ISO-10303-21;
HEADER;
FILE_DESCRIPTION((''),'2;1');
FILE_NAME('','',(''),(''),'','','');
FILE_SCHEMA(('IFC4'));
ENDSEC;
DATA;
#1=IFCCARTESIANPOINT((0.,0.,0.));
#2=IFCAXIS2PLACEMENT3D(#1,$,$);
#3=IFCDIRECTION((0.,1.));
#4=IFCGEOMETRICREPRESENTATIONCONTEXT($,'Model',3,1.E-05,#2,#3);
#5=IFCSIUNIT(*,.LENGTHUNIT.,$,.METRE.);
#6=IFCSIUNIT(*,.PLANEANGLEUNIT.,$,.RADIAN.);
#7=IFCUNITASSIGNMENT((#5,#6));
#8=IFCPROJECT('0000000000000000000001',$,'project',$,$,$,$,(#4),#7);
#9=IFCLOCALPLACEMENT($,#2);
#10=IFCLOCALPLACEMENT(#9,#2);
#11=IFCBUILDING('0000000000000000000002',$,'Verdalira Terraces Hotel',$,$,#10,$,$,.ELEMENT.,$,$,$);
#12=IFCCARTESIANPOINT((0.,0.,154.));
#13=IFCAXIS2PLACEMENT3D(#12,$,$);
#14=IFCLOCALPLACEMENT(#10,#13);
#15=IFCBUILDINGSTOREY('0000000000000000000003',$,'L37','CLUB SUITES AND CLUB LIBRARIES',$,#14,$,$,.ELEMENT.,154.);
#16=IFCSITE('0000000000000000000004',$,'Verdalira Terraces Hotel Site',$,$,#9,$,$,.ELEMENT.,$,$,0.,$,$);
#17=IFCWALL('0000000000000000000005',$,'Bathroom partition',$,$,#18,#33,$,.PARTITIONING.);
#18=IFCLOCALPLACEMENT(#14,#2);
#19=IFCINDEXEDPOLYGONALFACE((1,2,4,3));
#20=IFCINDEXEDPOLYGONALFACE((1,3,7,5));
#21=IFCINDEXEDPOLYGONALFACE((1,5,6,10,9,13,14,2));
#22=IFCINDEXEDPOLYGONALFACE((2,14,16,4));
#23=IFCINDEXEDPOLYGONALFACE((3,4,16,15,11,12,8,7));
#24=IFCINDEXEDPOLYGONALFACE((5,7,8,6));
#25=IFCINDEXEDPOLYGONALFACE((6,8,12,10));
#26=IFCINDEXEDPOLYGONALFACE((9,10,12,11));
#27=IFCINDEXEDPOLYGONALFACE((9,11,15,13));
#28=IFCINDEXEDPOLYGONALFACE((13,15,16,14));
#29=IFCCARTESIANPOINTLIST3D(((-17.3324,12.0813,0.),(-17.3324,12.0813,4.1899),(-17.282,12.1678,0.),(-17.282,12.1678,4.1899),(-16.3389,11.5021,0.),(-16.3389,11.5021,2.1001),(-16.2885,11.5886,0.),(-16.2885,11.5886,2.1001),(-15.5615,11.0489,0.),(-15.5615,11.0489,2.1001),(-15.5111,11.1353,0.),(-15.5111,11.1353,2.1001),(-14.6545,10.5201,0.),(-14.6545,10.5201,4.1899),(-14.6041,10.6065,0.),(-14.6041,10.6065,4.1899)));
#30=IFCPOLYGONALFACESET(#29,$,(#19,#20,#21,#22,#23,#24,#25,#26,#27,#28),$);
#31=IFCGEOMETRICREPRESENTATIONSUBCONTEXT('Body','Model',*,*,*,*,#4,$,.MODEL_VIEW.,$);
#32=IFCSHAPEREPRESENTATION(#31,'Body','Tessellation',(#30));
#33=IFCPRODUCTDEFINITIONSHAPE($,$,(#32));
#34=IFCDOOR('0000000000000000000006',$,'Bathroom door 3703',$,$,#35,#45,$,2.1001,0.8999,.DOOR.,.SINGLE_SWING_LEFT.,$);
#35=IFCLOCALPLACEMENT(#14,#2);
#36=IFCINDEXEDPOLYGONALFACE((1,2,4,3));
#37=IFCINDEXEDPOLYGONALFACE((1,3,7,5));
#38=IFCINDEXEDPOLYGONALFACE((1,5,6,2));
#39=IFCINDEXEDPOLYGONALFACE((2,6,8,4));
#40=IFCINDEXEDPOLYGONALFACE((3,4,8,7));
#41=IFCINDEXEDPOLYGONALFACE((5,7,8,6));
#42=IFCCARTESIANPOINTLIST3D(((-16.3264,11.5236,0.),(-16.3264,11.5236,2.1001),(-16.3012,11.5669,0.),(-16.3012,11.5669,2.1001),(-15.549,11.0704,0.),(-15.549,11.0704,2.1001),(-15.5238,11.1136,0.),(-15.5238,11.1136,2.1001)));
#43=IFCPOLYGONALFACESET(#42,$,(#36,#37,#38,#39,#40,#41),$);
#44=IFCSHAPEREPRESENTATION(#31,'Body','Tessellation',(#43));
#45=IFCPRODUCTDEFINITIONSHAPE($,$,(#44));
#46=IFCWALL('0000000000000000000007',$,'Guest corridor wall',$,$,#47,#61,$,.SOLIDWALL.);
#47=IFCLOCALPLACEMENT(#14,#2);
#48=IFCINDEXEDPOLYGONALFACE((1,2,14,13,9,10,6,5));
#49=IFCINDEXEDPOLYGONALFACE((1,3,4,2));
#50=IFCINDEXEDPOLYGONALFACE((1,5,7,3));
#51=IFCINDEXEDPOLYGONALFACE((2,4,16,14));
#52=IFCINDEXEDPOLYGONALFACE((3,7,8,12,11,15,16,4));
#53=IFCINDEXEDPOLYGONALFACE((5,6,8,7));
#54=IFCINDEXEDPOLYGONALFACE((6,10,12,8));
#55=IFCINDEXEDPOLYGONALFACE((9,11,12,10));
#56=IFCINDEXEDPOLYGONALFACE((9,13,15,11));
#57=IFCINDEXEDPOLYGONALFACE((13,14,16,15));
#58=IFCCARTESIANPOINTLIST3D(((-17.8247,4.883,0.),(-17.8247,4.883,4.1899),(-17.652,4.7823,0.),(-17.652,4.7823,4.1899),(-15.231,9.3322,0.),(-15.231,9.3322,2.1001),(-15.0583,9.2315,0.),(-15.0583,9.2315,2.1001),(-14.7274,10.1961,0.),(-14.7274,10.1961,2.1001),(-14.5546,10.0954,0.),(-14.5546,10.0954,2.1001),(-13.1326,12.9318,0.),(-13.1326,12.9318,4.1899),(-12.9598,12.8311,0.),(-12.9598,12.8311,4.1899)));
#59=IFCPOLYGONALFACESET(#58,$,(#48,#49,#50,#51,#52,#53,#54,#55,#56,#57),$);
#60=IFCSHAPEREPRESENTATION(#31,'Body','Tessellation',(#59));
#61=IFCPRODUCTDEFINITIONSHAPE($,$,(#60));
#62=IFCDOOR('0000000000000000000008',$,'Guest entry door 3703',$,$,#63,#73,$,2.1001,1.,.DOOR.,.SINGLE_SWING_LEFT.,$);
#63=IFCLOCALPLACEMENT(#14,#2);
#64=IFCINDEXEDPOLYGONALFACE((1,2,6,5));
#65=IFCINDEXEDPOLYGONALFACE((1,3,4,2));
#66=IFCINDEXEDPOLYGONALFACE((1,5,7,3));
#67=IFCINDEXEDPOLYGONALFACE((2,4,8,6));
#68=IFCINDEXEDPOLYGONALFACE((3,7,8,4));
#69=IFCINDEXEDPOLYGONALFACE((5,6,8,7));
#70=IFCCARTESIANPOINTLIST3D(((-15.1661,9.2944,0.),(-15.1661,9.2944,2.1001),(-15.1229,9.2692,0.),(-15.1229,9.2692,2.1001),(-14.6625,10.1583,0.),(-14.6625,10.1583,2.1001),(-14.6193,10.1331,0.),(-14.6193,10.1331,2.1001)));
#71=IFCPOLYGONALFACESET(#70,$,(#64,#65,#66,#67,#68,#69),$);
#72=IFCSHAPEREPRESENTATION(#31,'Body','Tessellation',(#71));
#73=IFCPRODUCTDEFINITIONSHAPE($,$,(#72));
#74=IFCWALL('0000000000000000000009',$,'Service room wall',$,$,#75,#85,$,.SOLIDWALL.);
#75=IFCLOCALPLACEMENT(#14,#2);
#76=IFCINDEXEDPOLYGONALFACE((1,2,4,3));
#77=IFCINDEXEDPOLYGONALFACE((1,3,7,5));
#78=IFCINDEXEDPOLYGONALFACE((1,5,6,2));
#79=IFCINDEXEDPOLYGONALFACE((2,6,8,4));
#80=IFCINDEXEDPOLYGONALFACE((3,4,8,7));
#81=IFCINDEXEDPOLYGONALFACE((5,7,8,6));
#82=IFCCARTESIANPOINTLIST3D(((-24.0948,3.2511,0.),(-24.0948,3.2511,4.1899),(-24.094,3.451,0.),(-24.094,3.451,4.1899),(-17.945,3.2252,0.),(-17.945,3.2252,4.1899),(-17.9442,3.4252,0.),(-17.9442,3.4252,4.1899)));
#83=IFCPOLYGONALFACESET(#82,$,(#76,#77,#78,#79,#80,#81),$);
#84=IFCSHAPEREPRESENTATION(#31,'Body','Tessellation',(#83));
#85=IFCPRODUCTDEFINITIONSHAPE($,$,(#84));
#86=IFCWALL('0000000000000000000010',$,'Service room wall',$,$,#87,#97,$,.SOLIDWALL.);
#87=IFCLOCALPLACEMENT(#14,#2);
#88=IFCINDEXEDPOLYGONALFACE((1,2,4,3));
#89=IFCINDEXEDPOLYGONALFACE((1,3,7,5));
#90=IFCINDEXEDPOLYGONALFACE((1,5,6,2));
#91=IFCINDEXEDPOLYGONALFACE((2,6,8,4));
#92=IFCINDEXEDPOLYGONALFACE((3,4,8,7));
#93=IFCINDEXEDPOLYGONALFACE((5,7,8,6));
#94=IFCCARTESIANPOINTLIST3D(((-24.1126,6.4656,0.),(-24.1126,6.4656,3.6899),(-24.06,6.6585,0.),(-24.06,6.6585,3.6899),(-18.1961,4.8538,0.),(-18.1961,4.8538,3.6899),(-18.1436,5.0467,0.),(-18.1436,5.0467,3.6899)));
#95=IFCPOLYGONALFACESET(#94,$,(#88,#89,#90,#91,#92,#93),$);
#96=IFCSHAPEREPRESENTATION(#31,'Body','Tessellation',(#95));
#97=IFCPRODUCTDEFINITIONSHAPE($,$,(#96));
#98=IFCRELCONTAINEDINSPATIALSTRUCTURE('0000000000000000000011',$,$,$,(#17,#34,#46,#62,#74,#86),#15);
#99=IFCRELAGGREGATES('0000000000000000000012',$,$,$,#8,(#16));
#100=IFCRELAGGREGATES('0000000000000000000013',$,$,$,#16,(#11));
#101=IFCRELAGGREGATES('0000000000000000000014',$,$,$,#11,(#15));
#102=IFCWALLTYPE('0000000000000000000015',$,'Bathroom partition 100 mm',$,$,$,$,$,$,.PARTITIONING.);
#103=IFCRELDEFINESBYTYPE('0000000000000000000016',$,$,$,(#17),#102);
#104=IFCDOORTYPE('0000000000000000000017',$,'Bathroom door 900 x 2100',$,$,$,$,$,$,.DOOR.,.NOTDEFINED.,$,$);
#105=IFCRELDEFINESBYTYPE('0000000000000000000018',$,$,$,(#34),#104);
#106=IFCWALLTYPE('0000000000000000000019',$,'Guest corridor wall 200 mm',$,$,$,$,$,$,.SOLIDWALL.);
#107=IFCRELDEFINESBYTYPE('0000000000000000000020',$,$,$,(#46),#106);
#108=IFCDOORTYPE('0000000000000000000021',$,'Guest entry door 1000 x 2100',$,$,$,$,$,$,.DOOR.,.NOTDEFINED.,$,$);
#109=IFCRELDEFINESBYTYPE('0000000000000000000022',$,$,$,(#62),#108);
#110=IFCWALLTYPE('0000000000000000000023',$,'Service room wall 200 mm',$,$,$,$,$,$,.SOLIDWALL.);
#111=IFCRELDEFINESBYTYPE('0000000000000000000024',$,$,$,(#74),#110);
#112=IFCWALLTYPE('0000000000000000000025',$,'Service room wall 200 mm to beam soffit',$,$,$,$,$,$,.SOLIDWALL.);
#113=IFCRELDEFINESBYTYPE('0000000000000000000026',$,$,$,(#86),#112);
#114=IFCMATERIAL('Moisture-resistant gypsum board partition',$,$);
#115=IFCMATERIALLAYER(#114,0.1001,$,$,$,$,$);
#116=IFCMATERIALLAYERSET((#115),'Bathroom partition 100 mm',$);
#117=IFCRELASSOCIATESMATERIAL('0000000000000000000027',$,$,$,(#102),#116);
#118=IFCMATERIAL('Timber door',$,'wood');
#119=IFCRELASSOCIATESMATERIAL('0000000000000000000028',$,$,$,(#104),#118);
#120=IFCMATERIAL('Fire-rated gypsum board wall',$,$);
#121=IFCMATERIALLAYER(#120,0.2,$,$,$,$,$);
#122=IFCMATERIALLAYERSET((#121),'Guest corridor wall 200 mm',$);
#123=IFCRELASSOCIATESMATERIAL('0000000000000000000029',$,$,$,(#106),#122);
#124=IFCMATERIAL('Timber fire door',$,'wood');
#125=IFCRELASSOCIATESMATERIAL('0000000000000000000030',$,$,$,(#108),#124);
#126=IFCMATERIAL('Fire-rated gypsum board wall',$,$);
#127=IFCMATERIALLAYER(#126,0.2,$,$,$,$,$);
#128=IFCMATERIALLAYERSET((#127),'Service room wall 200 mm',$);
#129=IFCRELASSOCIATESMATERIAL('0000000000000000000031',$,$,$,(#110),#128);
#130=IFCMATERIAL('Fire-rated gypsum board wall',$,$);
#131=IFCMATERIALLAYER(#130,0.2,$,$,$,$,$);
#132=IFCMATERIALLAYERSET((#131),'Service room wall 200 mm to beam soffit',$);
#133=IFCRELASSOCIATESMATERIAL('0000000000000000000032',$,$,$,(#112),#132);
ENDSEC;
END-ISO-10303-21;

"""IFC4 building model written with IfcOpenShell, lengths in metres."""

from ifc_helpers import new_model, si_unit, direction, frame, frame_2d, origin, place, context, subcontext, project, spatial, rectangle, extrude, material, layer, layer_set, type_object, element, fill, save


model = new_model("IFC4")

# Units and contexts
model_context = context("Model", 3, precision=1e-05, world=origin(), true_north=direction((0.0, 1.0)))
body_context = subcontext(model_context, "Body", "Model", "MODEL_VIEW")
ifc_project = project(units=[si_unit("LENGTHUNIT", "METRE"), si_unit("PLANEANGLEUNIT", "RADIAN")], contexts=[model_context])

# Site, building, storey
site_placement = place(None, origin())
site = spatial("IfcSite", under=ifc_project, at=site_placement, Name="Verdalira Terraces Hotel Site", CompositionType="ELEMENT", RefElevation=0.0)
building_placement = place(site_placement, origin())
building = spatial("IfcBuilding", under=site, at=building_placement, Name="Verdalira Terraces Hotel", CompositionType="ELEMENT")
storey_placement = place(building_placement, frame((0.0, 0.0, 154.0)))
storey = spatial("IfcBuildingStorey", under=building, at=storey_placement, Name="L37", Description="CLUB SUITES AND CLUB LIBRARIES", CompositionType="ELEMENT", Elevation=154.0)

# Shared definitions
ifc_material_1 = material(Name="Moisture-resistant gypsum board partition")
ifc_layer_1 = layer(ifc_material_1, 0.1001)
ifc_layer_set_1 = layer_set([ifc_layer_1], Name="Bathroom partition 100 mm")
wall_type_1 = type_object("IfcWallType", Name="Bathroom partition 100 mm", PredefinedType="PARTITIONING", material=ifc_layer_set_1)

# Walls, openings, doors
wall_1_placement = place(storey_placement, frame((-17.3071, 12.1245, 0.0), z_axis=(0.0, 0.0, 1.0), x_axis=(0.863902, -0.50366, 0.0)))
wall_1 = element("IfcWall", 1, at=wall_1_placement, inside=storey, type_object=wall_type_1, Name="Bathroom partition", PredefinedType="PARTITIONING", context=body_context, shape_type="SweptSolid", body=[
    extrude(rectangle(XDim=3.0999, YDim=0.1001, at=frame_2d((1.5498, 0.0))), origin(), (0.0, 0.0, 1.0), 4.1899),
])
opening_1_placement = place(wall_1_placement, frame((1.1499, 0.0, 0.0)))
opening_1 = element("IfcOpeningElement", 2, at=opening_1_placement, cuts=wall_1, PredefinedType="OPENING", context=body_context, shape_type="SweptSolid", body=[
    extrude(rectangle(XDim=0.8999, YDim=2.1001, at=frame_2d((0.45, 1.05))), frame((0.0, 0.0601, 0.0), z_axis=(0.0, -1.0, 0.0), x_axis=(1.0, 0.0, 0.0)), (0.0, 0.0, 1.0), 0.1201),
])
ifc_material_2 = material(Name="Timber door", Category="wood")
door_type_1 = type_object("IfcDoorType", Name="Bathroom door 900 x 2100", OperationType="NOTDEFINED", PredefinedType="DOOR", material=ifc_material_2)
door_1_placement = place(opening_1_placement, origin())
door_1 = element("IfcDoor", 3, at=door_1_placement, inside=storey, type_object=door_type_1, Name="Bathroom door 3703", OperationType="SINGLE_SWING_LEFT", OverallHeight=2.1001, OverallWidth=0.8999, PredefinedType="DOOR", context=body_context, shape_type="SweptSolid", body=[
    extrude(rectangle(XDim=0.8999, YDim=2.1001, at=frame_2d((0.45, 1.05))), frame((0.0, 0.0249, 0.0), z_axis=(0.0, -1.0, 0.0), x_axis=(1.0, 0.0, 0.0)), (0.0, 0.0, 1.0), 0.05),
])
fill(opening_1, door_1)
ifc_material_3 = material(Name="Fire-rated gypsum board wall")
ifc_layer_2 = layer(ifc_material_3, 0.2)
ifc_layer_set_2 = layer_set([ifc_layer_2], Name="Guest corridor wall 200 mm")
wall_type_2 = type_object("IfcWallType", Name="Guest corridor wall 200 mm", PredefinedType="SOLIDWALL", material=ifc_layer_set_2)
wall_2_placement = place(storey_placement, frame((-17.7383, 4.8328, 0.0), z_axis=(0.0, 0.0, 1.0), x_axis=(0.50363, 0.86392, 0.0)))
wall_2 = element("IfcWall", 4, at=wall_2_placement, inside=storey, type_object=wall_type_2, Name="Guest corridor wall", PredefinedType="SOLIDWALL", context=body_context, shape_type="SweptSolid", body=[
    extrude(rectangle(XDim=9.3166, YDim=0.2, at=frame_2d((4.6582, 0.0))), origin(), (0.0, 0.0, 1.0), 4.1899),
])
opening_2_placement = place(wall_2_placement, frame((5.1499, 0.0, 0.0)))
opening_2 = element("IfcOpeningElement", 5, at=opening_2_placement, cuts=wall_2, PredefinedType="OPENING", context=body_context, shape_type="SweptSolid", body=[
    extrude(rectangle(XDim=1.0, YDim=2.1001, at=frame_2d((0.5, 1.05))), frame((0.0, 0.1099, 0.0), z_axis=(0.0, -1.0, 0.0), x_axis=(1.0, 0.0, 0.0)), (0.0, 0.0, 1.0), 0.22),
])
ifc_material_4 = material(Name="Timber fire door", Category="wood")
door_type_2 = type_object("IfcDoorType", Name="Guest entry door 1000 x 2100", OperationType="NOTDEFINED", PredefinedType="DOOR", material=ifc_material_4)
door_2_placement = place(opening_2_placement, origin())
door_2 = element("IfcDoor", 6, at=door_2_placement, inside=storey, type_object=door_type_2, Name="Guest entry door 3703", OperationType="SINGLE_SWING_LEFT", OverallHeight=2.1001, OverallWidth=1.0, PredefinedType="DOOR", context=body_context, shape_type="SweptSolid", body=[
    extrude(rectangle(XDim=1.0, YDim=2.1001, at=frame_2d((0.5, 1.05))), frame((0.0, 0.0249, 0.0), z_axis=(0.0, -1.0, 0.0), x_axis=(1.0, 0.0, 0.0)), (0.0, 0.0, 1.0), 0.05),
])
fill(opening_2, door_2)

# Walls
ifc_material_5 = material(Name="Fire-rated gypsum board wall")
ifc_layer_3 = layer(ifc_material_5, 0.2)
ifc_layer_set_3 = layer_set([ifc_layer_3], Name="Service room wall 200 mm")
wall_type_3 = type_object("IfcWallType", Name="Service room wall 200 mm", PredefinedType="SOLIDWALL", material=ifc_layer_set_3)
wall_3_placement = place(storey_placement, frame((-17.9446, 3.3252, 0.0), z_axis=(0.0, 0.0, 1.0), x_axis=(-0.999991, 0.004208, 0.0)))
element("IfcWall", 7, at=wall_3_placement, inside=storey, type_object=wall_type_3, Name="Service room wall", PredefinedType="SOLIDWALL", context=body_context, shape_type="SweptSolid", body=[
    extrude(rectangle(XDim=6.1499, YDim=0.2, at=frame_2d((3.075, 0.0))), origin(), (0.0, 0.0, 1.0), 4.1899),
])
ifc_material_6 = material(Name="Fire-rated gypsum board wall")
ifc_layer_4 = layer(ifc_material_6, 0.2)
ifc_layer_set_4 = layer_set([ifc_layer_4], Name="Service room wall 200 mm to beam soffit")
wall_type_4 = type_object("IfcWallType", Name="Service room wall 200 mm to beam soffit", PredefinedType="SOLIDWALL", material=ifc_layer_set_4)
wall_4_placement = place(storey_placement, frame((-24.0862, 6.562, 0.0), z_axis=(0.0, 0.0, 1.0), x_axis=(0.964837, -0.262848, 0.0)))
element("IfcWall", 8, at=wall_4_placement, inside=storey, type_object=wall_type_4, Name="Service room wall", PredefinedType="SOLIDWALL", context=body_context, shape_type="SweptSolid", body=[
    extrude(rectangle(XDim=6.1321, YDim=0.2, at=frame_2d((3.0659, 0.0))), origin(), (0.0, 0.0, 1.0), 3.6899),
])

save(model, "model.ifc")
